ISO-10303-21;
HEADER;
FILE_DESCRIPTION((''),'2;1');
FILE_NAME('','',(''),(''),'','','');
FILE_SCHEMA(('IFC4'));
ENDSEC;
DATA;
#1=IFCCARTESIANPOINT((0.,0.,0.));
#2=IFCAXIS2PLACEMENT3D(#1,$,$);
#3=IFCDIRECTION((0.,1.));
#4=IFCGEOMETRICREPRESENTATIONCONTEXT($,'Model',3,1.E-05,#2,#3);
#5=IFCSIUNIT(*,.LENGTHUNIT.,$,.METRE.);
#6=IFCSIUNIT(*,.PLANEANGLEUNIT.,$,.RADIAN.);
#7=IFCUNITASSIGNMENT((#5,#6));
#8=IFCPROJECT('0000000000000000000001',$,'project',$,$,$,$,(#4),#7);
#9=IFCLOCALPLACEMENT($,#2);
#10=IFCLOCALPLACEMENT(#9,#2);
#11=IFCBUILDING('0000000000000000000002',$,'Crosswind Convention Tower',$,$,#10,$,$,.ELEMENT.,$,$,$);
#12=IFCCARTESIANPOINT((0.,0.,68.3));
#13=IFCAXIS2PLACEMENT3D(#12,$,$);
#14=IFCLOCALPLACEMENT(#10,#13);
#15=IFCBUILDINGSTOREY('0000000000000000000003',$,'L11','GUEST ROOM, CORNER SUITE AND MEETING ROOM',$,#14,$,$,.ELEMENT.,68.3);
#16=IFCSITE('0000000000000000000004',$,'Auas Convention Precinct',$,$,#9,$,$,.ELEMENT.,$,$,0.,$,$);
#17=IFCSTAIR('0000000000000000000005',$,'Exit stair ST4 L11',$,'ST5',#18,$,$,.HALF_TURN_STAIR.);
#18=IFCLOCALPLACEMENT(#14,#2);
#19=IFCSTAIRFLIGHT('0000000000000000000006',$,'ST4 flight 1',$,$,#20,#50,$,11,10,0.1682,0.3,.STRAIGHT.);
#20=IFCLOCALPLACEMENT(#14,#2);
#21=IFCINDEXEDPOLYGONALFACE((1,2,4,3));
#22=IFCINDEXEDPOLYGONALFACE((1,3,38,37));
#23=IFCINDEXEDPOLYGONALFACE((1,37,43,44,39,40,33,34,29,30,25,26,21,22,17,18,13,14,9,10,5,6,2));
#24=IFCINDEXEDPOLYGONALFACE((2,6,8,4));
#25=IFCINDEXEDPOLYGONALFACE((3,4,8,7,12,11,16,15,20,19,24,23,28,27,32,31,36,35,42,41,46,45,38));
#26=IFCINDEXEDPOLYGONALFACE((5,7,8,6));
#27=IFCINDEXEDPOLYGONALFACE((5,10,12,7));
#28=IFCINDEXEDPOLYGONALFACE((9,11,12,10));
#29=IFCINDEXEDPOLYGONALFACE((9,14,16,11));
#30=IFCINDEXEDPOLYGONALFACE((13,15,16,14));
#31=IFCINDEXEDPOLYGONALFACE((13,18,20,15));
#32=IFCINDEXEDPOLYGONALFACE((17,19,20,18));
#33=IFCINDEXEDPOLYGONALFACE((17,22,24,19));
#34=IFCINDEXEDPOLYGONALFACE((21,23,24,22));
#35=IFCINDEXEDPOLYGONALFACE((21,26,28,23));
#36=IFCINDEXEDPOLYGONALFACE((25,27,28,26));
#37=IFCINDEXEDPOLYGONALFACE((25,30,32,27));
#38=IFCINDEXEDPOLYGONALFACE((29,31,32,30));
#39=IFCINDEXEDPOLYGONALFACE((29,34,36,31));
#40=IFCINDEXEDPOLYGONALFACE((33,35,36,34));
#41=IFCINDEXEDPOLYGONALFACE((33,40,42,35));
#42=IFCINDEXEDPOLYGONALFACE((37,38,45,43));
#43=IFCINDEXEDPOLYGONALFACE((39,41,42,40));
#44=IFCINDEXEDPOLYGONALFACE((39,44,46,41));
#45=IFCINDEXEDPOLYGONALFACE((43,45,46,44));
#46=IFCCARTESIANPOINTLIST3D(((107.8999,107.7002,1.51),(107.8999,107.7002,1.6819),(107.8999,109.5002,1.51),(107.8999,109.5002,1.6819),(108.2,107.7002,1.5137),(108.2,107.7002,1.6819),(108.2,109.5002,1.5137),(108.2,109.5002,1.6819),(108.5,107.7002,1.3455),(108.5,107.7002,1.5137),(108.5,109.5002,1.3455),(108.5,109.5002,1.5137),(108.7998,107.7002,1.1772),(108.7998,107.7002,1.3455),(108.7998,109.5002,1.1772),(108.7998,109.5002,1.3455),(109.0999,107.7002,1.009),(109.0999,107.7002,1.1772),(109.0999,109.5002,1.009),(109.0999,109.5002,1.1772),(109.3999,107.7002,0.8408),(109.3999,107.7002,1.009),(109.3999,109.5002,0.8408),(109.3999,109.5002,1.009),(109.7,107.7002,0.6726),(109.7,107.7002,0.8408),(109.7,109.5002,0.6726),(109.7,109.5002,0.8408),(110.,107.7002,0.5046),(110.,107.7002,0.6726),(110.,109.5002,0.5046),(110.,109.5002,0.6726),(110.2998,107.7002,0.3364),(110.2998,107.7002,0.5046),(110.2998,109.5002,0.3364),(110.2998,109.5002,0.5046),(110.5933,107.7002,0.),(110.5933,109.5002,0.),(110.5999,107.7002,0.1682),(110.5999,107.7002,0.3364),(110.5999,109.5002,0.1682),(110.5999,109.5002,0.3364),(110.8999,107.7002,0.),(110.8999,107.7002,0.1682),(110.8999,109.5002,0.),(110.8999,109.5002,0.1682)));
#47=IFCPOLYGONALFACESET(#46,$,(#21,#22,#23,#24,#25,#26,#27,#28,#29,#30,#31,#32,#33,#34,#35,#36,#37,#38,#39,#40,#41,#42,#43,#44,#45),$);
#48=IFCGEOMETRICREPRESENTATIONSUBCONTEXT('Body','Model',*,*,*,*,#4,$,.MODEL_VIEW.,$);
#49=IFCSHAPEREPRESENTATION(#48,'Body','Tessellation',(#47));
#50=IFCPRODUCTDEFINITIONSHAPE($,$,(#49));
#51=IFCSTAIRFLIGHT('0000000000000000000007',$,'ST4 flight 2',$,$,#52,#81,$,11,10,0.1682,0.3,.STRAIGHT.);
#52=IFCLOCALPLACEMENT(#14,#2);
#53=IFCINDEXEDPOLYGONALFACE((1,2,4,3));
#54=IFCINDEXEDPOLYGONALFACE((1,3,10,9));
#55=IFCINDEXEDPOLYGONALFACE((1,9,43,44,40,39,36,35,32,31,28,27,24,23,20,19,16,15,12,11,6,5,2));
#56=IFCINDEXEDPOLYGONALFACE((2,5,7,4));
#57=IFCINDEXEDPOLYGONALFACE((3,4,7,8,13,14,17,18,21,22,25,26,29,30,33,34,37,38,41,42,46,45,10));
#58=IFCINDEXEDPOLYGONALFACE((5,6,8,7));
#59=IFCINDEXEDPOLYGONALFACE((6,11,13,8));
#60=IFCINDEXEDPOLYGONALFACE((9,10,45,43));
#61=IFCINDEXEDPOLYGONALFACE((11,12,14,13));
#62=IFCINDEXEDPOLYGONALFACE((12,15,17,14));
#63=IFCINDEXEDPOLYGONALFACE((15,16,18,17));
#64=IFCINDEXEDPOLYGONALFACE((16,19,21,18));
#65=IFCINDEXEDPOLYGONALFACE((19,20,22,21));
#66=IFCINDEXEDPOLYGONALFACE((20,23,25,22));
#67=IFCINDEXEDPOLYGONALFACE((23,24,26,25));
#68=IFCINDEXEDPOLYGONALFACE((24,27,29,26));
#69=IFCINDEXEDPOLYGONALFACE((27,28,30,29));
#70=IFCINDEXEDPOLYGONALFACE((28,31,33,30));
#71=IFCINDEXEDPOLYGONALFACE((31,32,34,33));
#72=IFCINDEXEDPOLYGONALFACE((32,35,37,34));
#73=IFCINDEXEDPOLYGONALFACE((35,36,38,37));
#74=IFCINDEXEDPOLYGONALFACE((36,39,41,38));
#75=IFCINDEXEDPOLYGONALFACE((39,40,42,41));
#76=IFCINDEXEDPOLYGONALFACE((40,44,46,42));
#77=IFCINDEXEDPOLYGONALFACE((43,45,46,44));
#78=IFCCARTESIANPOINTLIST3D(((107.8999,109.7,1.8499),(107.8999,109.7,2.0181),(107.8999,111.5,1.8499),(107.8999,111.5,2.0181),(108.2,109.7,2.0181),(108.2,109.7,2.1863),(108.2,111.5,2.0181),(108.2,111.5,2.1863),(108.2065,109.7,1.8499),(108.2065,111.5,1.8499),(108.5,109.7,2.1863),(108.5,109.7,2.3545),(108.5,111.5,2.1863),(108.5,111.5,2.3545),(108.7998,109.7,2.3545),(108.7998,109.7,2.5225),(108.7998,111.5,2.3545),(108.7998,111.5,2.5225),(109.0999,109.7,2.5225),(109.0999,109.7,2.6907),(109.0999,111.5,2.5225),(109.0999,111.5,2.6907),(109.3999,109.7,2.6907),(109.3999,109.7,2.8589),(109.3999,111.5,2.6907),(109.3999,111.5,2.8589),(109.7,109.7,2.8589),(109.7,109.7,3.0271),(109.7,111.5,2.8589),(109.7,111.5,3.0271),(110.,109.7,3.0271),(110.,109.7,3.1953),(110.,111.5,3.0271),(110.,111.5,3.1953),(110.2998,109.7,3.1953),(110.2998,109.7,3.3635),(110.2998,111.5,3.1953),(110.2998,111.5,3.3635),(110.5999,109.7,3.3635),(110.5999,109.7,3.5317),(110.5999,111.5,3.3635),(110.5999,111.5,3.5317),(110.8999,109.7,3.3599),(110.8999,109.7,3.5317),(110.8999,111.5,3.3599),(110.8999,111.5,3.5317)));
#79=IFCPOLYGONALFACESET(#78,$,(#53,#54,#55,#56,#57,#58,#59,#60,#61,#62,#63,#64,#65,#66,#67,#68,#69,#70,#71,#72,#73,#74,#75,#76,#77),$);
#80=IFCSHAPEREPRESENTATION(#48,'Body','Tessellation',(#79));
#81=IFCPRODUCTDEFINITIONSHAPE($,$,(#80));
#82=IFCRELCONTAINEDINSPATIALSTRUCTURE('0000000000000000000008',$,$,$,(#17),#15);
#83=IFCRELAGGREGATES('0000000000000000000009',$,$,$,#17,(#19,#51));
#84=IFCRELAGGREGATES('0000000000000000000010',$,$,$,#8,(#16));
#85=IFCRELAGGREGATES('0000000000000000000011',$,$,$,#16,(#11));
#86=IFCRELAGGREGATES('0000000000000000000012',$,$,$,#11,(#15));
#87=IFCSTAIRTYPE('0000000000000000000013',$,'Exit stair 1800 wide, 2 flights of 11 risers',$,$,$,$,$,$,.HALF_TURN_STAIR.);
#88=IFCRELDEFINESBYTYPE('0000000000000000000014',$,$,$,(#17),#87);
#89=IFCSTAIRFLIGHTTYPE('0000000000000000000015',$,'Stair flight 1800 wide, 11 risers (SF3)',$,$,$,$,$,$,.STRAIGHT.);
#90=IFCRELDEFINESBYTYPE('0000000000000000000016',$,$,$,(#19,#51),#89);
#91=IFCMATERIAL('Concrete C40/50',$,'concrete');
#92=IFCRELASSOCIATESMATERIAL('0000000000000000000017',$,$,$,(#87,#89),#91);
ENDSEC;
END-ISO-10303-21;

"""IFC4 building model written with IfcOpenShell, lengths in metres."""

from ifc_helpers import new_model, si_unit, direction, frame, origin, place, context, subcontext, project, spatial, polyline, outline, extrude, material, type_object, element, aggregate, save


model = new_model("IFC4")

# Units and contexts
model_context = context("Model", 3, precision=1e-05, world=origin(), true_north=direction((0.0, 1.0)))
body_context = subcontext(model_context, "Body", "Model", "MODEL_VIEW")
ifc_project = project(units=[si_unit("LENGTHUNIT", "METRE"), si_unit("PLANEANGLEUNIT", "RADIAN")], contexts=[model_context])

# Site, building, storey
site_placement = place(None, origin())
site = spatial("IfcSite", under=ifc_project, at=site_placement, Name="Auas Convention Precinct", CompositionType="ELEMENT", RefElevation=0.0)
building_placement = place(site_placement, origin())
building = spatial("IfcBuilding", under=site, at=building_placement, Name="Crosswind Convention Tower", CompositionType="ELEMENT")
storey_placement = place(building_placement, frame((0.0, 0.0, 68.3)))
storey = spatial("IfcBuildingStorey", under=building, at=storey_placement, Name="L11", Description="GUEST ROOM, CORNER SUITE AND MEETING ROOM", CompositionType="ELEMENT", Elevation=68.3)

# Stair, stair flights
ifc_material_1 = material(Name="Concrete C40/50", Category="concrete")
stair_type = type_object("IfcStairType", Name="Exit stair 1800 wide, 2 flights of 11 risers", PredefinedType="HALF_TURN_STAIR", material=ifc_material_1)
stair_placement = place(storey_placement, origin())
stair = element("IfcStair", 1, at=stair_placement, inside=storey, type_object=stair_type, Name="Exit stair ST4 L11", ObjectType="ST5", PredefinedType="HALF_TURN_STAIR")
stair_flight_type = type_object("IfcStairFlightType", Name="Stair flight 1800 wide, 11 risers (SF3)", PredefinedType="STRAIGHT", material=ifc_material_1)
stair_flight_1_placement = place(storey_placement, frame((110.8999, 108.6001, 0.0), z_axis=(0.0, 0.0, 1.0), x_axis=(-1.0, 0.0, 0.0)))
stair_flight_1 = element("IfcStairFlight", 2, at=stair_flight_1_placement, type_object=stair_flight_type, Name="ST4 flight 1", NumberOfRisers=11, NumberOfTreads=10, PredefinedType="STRAIGHT", RiserHeight=0.1682, TreadLength=0.3, context=body_context, shape_type="SweptSolid", body=[
    extrude(outline(polyline([(0.0, 0.0), (0.0, 0.1682), (0.3, 0.1682), (0.3, 0.3364), (0.6001, 0.3364), (0.6001, 0.5046), (0.8999, 0.5046), (0.8999, 0.6726), (1.2, 0.6726), (1.2, 0.8408), (1.5, 0.8408), (1.5, 1.009), (1.8, 1.009), (1.8, 1.1772), (2.1001, 1.1772), (2.1001, 1.3455), (2.3999, 1.3455), (2.3999, 1.5137), (2.7, 1.5137), (2.7, 1.6819), (3.0, 1.6819), (3.0, 1.8501), (3.0, 1.51), (0.3066, 0.0), (0.0, 0.0)])), frame((0.0, 0.8999, 0.0), z_axis=(0.0, -1.0, 0.0), x_axis=(1.0, 0.0, 0.0)), (0.0, 0.0, 1.0), 1.8),
])
stair_flight_2_placement = place(storey_placement, frame((107.8999, 110.6001, 1.8499), z_axis=(0.0, 0.0, 1.0), x_axis=(1.0, 0.0, 0.0)))
stair_flight_2 = element("IfcStairFlight", 3, at=stair_flight_2_placement, type_object=stair_flight_type, Name="ST4 flight 2", NumberOfRisers=11, NumberOfTreads=10, PredefinedType="STRAIGHT", RiserHeight=0.1682, TreadLength=0.3, context=body_context, shape_type="SweptSolid", body=[
    extrude(outline(polyline([(0.0, 0.0), (0.0, 0.1682), (0.3, 0.1682), (0.3, 0.3364), (0.6001, 0.3364), (0.6001, 0.5046), (0.8999, 0.5046), (0.8999, 0.6726), (1.2, 0.6726), (1.2, 0.8408), (1.5, 0.8408), (1.5, 1.009), (1.8, 1.009), (1.8, 1.1772), (2.1001, 1.1772), (2.1001, 1.3455), (2.3999, 1.3455), (2.3999, 1.5137), (2.7, 1.5137), (2.7, 1.6819), (3.0, 1.6819), (3.0, 1.8501), (3.0, 1.51), (0.3066, 0.0), (0.0, 0.0)])), frame((0.0, 0.8999, 0.0), z_axis=(0.0, -1.0, 0.0), x_axis=(1.0, 0.0, 0.0)), (0.0, 0.0, 1.0), 1.8),
])
aggregate(stair, [stair_flight_1, stair_flight_2])

save(model, "model.ifc")
